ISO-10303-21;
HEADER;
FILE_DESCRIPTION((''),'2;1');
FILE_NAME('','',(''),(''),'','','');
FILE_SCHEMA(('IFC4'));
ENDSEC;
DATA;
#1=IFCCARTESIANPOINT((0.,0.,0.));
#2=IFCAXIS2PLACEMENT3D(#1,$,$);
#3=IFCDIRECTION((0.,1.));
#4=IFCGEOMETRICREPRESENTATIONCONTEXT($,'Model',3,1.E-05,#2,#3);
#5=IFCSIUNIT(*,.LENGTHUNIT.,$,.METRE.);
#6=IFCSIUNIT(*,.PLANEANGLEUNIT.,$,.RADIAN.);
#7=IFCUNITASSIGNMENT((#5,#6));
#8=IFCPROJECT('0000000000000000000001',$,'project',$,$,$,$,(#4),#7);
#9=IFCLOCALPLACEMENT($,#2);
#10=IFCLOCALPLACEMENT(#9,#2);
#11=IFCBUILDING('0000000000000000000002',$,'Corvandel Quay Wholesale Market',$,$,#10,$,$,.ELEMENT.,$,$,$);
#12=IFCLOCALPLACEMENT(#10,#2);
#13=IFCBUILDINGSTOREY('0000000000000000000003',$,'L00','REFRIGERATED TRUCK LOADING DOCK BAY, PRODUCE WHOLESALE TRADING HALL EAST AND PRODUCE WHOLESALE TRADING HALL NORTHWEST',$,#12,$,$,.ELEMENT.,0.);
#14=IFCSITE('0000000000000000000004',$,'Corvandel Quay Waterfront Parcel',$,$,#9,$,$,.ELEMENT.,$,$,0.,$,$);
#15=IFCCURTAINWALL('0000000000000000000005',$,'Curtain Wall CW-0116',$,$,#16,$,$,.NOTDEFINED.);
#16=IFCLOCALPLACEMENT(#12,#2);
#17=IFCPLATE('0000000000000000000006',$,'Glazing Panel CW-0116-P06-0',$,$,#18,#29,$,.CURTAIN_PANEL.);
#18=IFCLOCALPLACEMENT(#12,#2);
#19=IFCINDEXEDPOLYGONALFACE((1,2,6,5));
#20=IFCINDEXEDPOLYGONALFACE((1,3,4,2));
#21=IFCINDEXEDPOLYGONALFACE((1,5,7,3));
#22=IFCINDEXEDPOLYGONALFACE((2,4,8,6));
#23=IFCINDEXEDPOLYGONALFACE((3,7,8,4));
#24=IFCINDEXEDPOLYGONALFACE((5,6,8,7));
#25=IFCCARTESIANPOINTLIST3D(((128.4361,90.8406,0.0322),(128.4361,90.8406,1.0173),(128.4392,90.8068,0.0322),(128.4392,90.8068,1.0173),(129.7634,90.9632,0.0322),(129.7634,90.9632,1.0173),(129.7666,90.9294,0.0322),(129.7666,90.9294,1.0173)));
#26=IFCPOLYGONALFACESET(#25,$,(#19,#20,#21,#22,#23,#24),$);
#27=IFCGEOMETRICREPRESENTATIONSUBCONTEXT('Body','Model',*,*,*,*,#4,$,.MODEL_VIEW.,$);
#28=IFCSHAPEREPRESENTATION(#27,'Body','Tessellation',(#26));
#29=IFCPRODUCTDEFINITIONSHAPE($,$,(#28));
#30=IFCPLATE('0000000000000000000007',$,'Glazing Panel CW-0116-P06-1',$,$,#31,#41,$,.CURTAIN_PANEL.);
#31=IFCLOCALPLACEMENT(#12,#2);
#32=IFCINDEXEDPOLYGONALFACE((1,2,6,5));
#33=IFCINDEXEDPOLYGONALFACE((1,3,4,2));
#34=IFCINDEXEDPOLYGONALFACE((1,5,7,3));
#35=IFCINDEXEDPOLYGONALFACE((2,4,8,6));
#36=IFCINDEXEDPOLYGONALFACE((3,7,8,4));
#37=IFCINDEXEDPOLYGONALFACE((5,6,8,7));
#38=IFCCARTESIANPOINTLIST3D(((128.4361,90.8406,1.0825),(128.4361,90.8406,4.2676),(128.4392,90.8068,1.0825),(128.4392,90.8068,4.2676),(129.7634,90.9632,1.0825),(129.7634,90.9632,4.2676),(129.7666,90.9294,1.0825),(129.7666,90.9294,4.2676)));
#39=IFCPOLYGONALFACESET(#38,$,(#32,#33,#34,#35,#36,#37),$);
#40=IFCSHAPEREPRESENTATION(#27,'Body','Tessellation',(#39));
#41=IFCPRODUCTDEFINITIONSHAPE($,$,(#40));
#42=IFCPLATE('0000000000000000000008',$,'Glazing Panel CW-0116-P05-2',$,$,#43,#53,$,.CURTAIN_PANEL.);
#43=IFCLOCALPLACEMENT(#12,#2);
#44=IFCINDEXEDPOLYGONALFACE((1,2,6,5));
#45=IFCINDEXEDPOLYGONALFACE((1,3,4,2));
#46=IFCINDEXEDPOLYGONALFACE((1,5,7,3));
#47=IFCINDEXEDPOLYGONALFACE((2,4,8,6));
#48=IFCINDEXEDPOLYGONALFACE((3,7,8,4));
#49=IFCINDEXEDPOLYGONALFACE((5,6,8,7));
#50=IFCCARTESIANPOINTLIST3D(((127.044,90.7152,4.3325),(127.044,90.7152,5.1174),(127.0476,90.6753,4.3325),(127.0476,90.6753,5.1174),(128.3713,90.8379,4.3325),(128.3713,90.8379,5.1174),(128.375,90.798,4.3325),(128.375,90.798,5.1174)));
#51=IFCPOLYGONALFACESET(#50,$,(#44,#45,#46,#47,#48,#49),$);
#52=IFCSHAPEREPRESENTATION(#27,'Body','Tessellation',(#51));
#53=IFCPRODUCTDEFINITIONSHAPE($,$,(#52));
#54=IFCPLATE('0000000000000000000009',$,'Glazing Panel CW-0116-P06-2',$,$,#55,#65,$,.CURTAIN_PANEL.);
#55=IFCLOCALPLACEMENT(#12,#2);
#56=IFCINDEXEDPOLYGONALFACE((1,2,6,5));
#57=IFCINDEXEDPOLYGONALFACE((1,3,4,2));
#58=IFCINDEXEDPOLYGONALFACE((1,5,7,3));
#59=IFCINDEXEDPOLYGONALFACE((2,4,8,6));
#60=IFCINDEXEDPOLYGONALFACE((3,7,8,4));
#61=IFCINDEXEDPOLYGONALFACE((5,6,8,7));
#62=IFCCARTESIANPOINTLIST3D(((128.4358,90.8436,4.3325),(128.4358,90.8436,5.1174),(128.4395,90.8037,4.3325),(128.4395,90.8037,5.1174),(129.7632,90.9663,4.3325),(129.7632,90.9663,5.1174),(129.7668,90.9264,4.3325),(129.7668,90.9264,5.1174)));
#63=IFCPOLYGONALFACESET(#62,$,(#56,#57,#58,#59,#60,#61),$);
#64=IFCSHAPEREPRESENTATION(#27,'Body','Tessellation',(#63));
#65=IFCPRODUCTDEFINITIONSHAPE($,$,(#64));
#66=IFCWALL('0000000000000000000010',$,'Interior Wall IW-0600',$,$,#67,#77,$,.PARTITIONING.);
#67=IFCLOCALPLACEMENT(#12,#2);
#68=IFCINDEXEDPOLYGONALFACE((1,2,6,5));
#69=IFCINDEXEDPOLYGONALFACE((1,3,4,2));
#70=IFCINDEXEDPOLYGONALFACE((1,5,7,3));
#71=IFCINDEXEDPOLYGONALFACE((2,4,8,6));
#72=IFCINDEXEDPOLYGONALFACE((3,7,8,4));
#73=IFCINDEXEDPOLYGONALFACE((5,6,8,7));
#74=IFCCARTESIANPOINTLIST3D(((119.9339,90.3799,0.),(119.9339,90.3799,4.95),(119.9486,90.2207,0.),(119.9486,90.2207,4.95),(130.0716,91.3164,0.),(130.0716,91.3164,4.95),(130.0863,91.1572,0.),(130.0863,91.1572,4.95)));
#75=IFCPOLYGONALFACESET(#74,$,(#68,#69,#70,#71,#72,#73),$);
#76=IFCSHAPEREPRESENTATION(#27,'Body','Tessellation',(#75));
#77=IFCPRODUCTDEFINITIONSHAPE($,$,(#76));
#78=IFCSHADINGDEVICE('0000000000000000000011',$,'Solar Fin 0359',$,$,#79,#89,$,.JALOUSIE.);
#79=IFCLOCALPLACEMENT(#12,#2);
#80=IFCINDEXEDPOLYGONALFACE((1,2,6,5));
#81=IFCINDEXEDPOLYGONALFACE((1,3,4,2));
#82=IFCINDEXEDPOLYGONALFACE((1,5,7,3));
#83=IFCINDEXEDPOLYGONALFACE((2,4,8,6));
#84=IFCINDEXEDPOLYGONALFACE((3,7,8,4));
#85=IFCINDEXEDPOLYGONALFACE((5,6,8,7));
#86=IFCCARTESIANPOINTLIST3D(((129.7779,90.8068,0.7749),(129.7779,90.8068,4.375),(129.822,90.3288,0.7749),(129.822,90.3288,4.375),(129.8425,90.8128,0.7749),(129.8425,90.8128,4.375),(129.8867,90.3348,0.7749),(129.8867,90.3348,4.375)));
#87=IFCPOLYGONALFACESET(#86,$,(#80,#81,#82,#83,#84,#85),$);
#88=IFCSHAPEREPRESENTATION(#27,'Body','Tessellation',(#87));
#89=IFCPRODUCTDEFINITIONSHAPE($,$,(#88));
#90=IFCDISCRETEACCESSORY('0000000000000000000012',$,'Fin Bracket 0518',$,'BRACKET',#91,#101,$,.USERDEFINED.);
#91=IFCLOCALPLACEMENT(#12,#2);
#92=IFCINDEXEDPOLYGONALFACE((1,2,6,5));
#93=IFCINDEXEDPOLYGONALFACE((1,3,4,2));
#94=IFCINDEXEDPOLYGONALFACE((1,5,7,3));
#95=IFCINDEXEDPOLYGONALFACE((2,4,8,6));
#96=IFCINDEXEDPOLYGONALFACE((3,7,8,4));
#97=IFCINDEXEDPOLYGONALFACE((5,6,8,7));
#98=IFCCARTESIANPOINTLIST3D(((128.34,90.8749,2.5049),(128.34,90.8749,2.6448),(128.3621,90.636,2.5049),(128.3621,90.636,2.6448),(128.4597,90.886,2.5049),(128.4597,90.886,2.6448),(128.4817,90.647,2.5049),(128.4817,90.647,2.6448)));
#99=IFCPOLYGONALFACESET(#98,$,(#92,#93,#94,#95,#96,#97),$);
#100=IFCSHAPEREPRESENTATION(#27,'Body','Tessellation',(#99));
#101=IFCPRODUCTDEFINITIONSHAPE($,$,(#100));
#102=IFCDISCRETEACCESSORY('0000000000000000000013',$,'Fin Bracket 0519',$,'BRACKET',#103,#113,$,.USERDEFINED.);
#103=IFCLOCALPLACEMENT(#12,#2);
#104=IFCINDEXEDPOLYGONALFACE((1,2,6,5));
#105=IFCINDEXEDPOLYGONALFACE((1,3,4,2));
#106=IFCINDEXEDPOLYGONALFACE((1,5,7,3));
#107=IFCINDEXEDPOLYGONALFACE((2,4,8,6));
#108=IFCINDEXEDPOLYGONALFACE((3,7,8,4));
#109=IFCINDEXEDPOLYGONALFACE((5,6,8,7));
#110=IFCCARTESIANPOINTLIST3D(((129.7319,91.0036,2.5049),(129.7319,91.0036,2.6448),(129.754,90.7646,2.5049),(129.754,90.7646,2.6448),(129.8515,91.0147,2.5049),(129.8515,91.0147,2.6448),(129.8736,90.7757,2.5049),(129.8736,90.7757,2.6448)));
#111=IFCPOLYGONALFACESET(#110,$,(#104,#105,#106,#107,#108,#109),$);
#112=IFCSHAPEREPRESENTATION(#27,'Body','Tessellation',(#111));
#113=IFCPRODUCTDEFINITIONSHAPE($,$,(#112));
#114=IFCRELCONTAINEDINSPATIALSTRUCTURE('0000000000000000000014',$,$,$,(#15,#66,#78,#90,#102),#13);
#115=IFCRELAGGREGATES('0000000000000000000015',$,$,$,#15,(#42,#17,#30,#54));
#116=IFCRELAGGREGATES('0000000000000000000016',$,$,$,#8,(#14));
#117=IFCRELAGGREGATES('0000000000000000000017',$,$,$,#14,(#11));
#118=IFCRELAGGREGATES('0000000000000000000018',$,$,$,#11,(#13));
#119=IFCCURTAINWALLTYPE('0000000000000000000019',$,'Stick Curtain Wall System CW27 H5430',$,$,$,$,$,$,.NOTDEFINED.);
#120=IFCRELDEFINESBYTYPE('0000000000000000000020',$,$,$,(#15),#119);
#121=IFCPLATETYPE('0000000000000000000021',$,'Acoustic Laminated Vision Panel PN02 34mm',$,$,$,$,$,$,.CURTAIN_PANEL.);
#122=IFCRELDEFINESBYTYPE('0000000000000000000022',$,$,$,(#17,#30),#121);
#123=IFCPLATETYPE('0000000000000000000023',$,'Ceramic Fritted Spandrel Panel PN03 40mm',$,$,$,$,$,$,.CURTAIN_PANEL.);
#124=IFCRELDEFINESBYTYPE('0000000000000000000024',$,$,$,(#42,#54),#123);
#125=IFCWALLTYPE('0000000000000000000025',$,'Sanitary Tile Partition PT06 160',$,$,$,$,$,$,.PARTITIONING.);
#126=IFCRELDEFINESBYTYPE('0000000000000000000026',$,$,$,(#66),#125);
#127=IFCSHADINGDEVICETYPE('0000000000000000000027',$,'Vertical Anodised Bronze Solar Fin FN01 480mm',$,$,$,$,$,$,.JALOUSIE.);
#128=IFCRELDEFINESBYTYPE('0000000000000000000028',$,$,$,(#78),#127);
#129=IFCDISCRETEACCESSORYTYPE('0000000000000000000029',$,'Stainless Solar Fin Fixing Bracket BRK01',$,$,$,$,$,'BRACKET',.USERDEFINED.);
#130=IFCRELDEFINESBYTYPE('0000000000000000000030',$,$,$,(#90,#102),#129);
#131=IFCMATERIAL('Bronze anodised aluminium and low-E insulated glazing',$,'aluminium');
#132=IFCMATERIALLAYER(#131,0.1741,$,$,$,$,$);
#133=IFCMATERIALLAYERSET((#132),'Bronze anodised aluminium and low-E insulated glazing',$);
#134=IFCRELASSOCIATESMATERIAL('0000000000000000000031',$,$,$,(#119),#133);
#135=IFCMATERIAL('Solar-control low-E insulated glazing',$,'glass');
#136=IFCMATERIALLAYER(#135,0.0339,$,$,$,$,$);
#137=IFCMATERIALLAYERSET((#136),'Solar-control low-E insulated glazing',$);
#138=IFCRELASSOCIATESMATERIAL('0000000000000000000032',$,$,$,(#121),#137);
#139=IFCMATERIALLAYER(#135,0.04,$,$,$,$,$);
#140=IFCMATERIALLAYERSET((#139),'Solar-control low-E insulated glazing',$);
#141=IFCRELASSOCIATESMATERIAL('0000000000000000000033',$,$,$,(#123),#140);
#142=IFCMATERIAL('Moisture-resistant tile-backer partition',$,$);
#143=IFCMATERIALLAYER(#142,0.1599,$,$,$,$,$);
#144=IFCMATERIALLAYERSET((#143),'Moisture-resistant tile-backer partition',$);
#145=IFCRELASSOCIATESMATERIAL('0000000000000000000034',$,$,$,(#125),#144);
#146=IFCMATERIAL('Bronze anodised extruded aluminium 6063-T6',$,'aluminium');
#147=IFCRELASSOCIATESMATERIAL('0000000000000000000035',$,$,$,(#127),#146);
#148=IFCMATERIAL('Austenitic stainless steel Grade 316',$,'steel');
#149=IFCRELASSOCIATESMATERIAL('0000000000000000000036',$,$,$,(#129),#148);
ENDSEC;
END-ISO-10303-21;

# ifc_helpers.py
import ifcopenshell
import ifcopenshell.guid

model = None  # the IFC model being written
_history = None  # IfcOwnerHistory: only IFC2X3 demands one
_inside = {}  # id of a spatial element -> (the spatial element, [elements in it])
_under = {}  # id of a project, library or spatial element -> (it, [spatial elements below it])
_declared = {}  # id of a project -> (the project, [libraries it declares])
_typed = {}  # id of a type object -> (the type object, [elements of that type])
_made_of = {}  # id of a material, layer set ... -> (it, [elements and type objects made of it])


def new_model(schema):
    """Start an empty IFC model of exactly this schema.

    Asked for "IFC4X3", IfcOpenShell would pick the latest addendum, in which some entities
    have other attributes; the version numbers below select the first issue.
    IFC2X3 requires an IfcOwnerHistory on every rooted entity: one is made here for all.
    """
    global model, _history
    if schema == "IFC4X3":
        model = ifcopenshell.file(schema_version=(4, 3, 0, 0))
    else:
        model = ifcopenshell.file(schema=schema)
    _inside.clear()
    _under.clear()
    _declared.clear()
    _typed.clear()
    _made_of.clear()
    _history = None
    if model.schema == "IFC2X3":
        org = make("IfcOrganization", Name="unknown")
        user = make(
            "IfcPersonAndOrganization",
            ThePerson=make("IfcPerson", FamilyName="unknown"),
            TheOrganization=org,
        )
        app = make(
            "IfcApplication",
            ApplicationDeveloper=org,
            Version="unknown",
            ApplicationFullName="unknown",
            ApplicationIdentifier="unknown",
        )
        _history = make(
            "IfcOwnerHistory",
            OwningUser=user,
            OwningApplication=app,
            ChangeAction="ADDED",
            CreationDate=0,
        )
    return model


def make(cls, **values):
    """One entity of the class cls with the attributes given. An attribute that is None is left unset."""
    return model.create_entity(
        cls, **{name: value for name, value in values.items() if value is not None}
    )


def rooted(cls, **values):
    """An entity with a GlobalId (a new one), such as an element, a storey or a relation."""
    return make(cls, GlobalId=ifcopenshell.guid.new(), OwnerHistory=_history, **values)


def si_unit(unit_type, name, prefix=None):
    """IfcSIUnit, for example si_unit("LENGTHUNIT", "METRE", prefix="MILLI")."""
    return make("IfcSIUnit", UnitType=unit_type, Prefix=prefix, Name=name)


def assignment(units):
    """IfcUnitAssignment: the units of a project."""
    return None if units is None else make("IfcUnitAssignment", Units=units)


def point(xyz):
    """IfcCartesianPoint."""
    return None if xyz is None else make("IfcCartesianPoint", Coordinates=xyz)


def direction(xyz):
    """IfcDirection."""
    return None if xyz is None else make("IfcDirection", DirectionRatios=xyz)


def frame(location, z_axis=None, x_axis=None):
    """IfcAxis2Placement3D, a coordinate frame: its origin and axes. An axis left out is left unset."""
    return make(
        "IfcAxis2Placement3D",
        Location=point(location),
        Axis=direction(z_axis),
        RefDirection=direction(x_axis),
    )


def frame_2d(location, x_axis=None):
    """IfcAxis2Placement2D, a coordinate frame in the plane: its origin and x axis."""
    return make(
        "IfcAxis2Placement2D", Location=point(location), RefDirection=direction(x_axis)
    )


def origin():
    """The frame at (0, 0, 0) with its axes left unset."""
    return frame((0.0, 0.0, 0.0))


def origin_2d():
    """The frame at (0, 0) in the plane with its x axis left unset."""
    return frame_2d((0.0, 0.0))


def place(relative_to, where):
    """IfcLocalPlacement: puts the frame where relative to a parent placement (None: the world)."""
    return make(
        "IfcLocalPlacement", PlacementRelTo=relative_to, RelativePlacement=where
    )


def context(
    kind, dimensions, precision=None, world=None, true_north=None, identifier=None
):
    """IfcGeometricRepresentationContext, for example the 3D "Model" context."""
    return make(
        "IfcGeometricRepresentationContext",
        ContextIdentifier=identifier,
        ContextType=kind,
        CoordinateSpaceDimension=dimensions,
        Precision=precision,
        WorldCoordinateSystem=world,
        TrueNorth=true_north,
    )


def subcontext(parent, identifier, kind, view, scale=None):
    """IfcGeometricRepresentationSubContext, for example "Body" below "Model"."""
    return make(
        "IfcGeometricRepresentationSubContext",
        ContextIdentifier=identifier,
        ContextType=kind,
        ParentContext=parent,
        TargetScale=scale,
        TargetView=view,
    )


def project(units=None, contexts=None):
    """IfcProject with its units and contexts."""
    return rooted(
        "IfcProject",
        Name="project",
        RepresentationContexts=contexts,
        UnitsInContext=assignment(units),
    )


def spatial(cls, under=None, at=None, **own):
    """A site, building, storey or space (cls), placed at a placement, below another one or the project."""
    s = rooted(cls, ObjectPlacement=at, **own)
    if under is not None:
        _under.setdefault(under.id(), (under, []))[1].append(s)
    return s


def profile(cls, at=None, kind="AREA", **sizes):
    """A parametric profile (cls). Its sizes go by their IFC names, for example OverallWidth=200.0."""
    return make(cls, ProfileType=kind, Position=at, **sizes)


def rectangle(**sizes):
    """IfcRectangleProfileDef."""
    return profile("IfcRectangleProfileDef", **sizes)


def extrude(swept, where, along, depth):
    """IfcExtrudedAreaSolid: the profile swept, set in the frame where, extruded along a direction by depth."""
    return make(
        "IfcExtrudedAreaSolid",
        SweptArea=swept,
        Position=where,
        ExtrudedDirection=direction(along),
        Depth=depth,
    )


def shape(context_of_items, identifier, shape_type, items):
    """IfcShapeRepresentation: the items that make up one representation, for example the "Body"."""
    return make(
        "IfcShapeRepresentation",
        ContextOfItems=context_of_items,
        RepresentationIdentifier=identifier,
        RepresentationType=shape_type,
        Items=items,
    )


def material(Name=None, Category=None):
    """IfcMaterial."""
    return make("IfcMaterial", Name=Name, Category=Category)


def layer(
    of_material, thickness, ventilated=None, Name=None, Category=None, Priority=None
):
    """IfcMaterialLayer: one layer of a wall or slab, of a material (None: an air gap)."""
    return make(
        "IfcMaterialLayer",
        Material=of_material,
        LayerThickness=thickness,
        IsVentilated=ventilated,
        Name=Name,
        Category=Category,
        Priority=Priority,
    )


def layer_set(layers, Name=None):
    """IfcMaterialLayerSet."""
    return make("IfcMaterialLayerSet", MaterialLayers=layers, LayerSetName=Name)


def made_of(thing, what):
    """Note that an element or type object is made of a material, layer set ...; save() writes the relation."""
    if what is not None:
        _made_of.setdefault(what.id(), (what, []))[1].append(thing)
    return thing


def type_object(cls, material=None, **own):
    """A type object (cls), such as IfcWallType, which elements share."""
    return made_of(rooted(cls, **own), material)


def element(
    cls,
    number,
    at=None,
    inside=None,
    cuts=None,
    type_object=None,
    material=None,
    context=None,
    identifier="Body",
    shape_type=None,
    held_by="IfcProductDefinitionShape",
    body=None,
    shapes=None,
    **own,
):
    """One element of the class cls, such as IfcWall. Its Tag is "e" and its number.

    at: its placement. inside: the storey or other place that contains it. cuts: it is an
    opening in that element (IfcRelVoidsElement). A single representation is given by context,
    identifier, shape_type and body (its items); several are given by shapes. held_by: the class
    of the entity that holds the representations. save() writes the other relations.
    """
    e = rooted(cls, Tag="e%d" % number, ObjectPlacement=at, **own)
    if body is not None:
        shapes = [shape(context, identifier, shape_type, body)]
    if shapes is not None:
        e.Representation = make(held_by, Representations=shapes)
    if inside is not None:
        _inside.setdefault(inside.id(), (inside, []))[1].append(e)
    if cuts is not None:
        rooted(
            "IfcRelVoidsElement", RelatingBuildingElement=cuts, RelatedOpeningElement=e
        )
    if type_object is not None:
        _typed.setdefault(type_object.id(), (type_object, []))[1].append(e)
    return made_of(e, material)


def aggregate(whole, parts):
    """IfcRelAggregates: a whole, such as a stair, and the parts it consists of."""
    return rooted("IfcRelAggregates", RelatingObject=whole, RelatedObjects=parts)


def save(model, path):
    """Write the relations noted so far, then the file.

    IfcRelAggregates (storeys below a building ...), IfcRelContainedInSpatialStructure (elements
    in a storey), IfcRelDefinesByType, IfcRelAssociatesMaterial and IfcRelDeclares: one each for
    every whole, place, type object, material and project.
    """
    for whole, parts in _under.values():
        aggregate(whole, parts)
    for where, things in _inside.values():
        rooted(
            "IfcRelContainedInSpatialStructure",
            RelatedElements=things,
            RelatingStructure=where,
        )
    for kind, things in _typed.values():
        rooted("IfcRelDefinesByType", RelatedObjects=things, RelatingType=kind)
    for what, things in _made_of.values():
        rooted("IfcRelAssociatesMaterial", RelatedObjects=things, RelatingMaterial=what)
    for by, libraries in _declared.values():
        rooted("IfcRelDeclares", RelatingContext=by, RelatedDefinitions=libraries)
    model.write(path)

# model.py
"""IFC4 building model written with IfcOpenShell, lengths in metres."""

from ifc_helpers import new_model, si_unit, direction, frame, frame_2d, origin, origin_2d, place, context, subcontext, project, spatial, rectangle, extrude, material, layer, layer_set, type_object, element, aggregate, save


model = new_model("IFC4")

# Units and contexts
model_context = context("Model", 3, precision=1e-05, world=origin(), true_north=direction((0.0, 1.0)))
body_context = subcontext(model_context, "Body", "Model", "MODEL_VIEW")
ifc_project = project(units=[si_unit("LENGTHUNIT", "METRE"), si_unit("PLANEANGLEUNIT", "RADIAN")], contexts=[model_context])

# Site, building, storey
site_placement = place(None, origin())
site = spatial("IfcSite", under=ifc_project, at=site_placement, Name="Corvandel Quay Waterfront Parcel", CompositionType="ELEMENT", RefElevation=0.0)
building_placement = place(site_placement, origin())
building = spatial("IfcBuilding", under=site, at=building_placement, Name="Corvandel Quay Wholesale Market", CompositionType="ELEMENT")
storey_placement = place(building_placement, origin())
storey = spatial("IfcBuildingStorey", under=building, at=storey_placement, Name="L00", Description="REFRIGERATED TRUCK LOADING DOCK BAY, PRODUCE WHOLESALE TRADING HALL EAST AND PRODUCE WHOLESALE TRADING HALL NORTHWEST", CompositionType="ELEMENT", Elevation=0.0)

# Curtain wall, plates
ifc_material_1 = material(Name="Bronze anodised aluminium and low-E insulated glazing", Category="aluminium")
ifc_layer_1 = layer(ifc_material_1, 0.1741)
ifc_layer_set_1 = layer_set([ifc_layer_1], Name="Bronze anodised aluminium and low-E insulated glazing")
curtain_wall_type = type_object("IfcCurtainWallType", Name="Stick Curtain Wall System CW27 H5430", PredefinedType="NOTDEFINED", material=ifc_layer_set_1)
curtain_wall_placement = place(storey_placement, origin())
curtain_wall = element("IfcCurtainWall", 1, at=curtain_wall_placement, inside=storey, type_object=curtain_wall_type, Name="Curtain Wall CW-0116", PredefinedType="NOTDEFINED")
ifc_material_2 = material(Name="Solar-control low-E insulated glazing", Category="glass")
ifc_layer_2 = layer(ifc_material_2, 0.0339)
ifc_layer_set_2 = layer_set([ifc_layer_2], Name="Solar-control low-E insulated glazing")
plate_type_1 = type_object("IfcPlateType", Name="Acoustic Laminated Vision Panel PN02 34mm", PredefinedType="CURTAIN_PANEL", material=ifc_layer_set_2)
plate_1_placement = place(storey_placement, frame((129.1013, 90.885, 0.0322), z_axis=(0.0, 0.0, 1.0), x_axis=(0.995757, 0.092023, 0.0)))
plate_1 = element("IfcPlate", 2, at=plate_1_placement, type_object=plate_type_1, Name="Glazing Panel CW-0116-P06-0", PredefinedType="CURTAIN_PANEL", context=body_context, shape_type="SweptSolid", body=[
    extrude(rectangle(XDim=1.333, YDim=0.0339, at=origin_2d()), origin(), (0.0, 0.0, 1.0), 0.9851),
])
plate_2_placement = place(storey_placement, frame((129.1013, 90.885, 1.0825), z_axis=(0.0, 0.0, 1.0), x_axis=(0.995757, 0.092023, 0.0)))
plate_2 = element("IfcPlate", 3, at=plate_2_placement, type_object=plate_type_1, Name="Glazing Panel CW-0116-P06-1", PredefinedType="CURTAIN_PANEL", context=body_context, shape_type="SweptSolid", body=[
    extrude(rectangle(XDim=1.333, YDim=0.0339, at=origin_2d()), origin(), (0.0, 0.0, 1.0), 3.1851),
])
ifc_layer_3 = layer(ifc_material_2, 0.04)
ifc_layer_set_3 = layer_set([ifc_layer_3], Name="Solar-control low-E insulated glazing")
plate_type_2 = type_object("IfcPlateType", Name="Ceramic Fritted Spandrel Panel PN03 40mm", PredefinedType="CURTAIN_PANEL", material=ifc_layer_set_3)
plate_3_placement = place(storey_placement, frame((127.7095, 90.7566, 4.3325), z_axis=(0.0, 0.0, 1.0), x_axis=(0.995757, 0.092023, 0.0)))
plate_3 = element("IfcPlate", 4, at=plate_3_placement, type_object=plate_type_2, Name="Glazing Panel CW-0116-P05-2", PredefinedType="CURTAIN_PANEL", context=body_context, shape_type="SweptSolid", body=[
    extrude(rectangle(XDim=1.333, YDim=0.04, at=origin_2d()), origin(), (0.0, 0.0, 1.0), 0.7849),
])
plate_4_placement = place(storey_placement, frame((129.1013, 90.885, 4.3325), z_axis=(0.0, 0.0, 1.0), x_axis=(0.995757, 0.092023, 0.0)))
plate_4 = element("IfcPlate", 5, at=plate_4_placement, type_object=plate_type_2, Name="Glazing Panel CW-0116-P06-2", PredefinedType="CURTAIN_PANEL", context=body_context, shape_type="SweptSolid", body=[
    extrude(rectangle(XDim=1.333, YDim=0.04, at=origin_2d()), origin(), (0.0, 0.0, 1.0), 0.7849),
])
aggregate(curtain_wall, [plate_3, plate_1, plate_2, plate_4])

# Wall
ifc_material_3 = material(Name="Moisture-resistant tile-backer partition")
ifc_layer_4 = layer(ifc_material_3, 0.1599)
ifc_layer_set_4 = layer_set([ifc_layer_4], Name="Moisture-resistant tile-backer partition")
wall_type_1 = type_object("IfcWallType", Name="Sanitary Tile Partition PT06 160", PredefinedType="PARTITIONING", material=ifc_layer_set_4)
wall_1_placement = place(storey_placement, frame((130.0789, 91.2368, 0.0), z_axis=(0.0, 0.0, 1.0), x_axis=(-0.99576, -0.091989, 0.0)))
element("IfcWall", 6, at=wall_1_placement, inside=storey, type_object=wall_type_1, Name="Interior Wall IW-0600", PredefinedType="PARTITIONING", context=body_context, shape_type="SweptSolid", body=[
    extrude(rectangle(XDim=10.1809, YDim=0.1599, at=frame_2d((5.0903, 0.0))), origin(), (0.0, 0.0, 1.0), 4.95),
])

# Shading device
ifc_material_4 = material(Name="Bronze anodised extruded aluminium 6063-T6", Category="aluminium")
shading_device_type = type_object("IfcShadingDeviceType", Name="Vertical Anodised Bronze Solar Fin FN01 480mm", PredefinedType="JALOUSIE", material=ifc_material_4)
shading_device_placement = place(storey_placement, frame((129.8323, 90.5708, 0.7749), z_axis=(0.0, 0.0, 1.0), x_axis=(-0.092023, 0.995757, 0.0)))
element("IfcShadingDevice", 7, at=shading_device_placement, inside=storey, type_object=shading_device_type, Name="Solar Fin 0359", PredefinedType="JALOUSIE", context=body_context, shape_type="SweptSolid", body=[
    extrude(rectangle(XDim=0.48, YDim=0.0649, at=origin_2d()), origin(), (0.0, 0.0, 1.0), 3.6001),
])

# Discrete accessories
ifc_material_5 = material(Name="Austenitic stainless steel Grade 316", Category="steel")
discrete_accessory_type = type_object("IfcDiscreteAccessoryType", Name="Stainless Solar Fin Fixing Bracket BRK01", ElementType="BRACKET", PredefinedType="USERDEFINED", material=ifc_material_5)
for number, where, z_axis, x_axis, name in (
    (8, (128.4109, 90.761, 2.5049), (0.0, 0.0, 1.0), (-0.092023, 0.995757, 0.0), "Fin Bracket 0518"),
    (9, (129.8027, 90.8896, 2.5049), (0.0, 0.0, 1.0), (-0.092023, 0.995757, 0.0), "Fin Bracket 0519"),
):
    element("IfcDiscreteAccessory", number, at=place(storey_placement, frame(where, z_axis=z_axis, x_axis=x_axis)), inside=storey, type_object=discrete_accessory_type, Name=name, ObjectType="BRACKET", PredefinedType="USERDEFINED", context=body_context, shape_type="SweptSolid", body=[
        extrude(rectangle(XDim=0.24, YDim=0.1201, at=origin_2d()), origin(), (0.0, 0.0, 1.0), 0.1399),
    ])

save(model, "model.ifc")
